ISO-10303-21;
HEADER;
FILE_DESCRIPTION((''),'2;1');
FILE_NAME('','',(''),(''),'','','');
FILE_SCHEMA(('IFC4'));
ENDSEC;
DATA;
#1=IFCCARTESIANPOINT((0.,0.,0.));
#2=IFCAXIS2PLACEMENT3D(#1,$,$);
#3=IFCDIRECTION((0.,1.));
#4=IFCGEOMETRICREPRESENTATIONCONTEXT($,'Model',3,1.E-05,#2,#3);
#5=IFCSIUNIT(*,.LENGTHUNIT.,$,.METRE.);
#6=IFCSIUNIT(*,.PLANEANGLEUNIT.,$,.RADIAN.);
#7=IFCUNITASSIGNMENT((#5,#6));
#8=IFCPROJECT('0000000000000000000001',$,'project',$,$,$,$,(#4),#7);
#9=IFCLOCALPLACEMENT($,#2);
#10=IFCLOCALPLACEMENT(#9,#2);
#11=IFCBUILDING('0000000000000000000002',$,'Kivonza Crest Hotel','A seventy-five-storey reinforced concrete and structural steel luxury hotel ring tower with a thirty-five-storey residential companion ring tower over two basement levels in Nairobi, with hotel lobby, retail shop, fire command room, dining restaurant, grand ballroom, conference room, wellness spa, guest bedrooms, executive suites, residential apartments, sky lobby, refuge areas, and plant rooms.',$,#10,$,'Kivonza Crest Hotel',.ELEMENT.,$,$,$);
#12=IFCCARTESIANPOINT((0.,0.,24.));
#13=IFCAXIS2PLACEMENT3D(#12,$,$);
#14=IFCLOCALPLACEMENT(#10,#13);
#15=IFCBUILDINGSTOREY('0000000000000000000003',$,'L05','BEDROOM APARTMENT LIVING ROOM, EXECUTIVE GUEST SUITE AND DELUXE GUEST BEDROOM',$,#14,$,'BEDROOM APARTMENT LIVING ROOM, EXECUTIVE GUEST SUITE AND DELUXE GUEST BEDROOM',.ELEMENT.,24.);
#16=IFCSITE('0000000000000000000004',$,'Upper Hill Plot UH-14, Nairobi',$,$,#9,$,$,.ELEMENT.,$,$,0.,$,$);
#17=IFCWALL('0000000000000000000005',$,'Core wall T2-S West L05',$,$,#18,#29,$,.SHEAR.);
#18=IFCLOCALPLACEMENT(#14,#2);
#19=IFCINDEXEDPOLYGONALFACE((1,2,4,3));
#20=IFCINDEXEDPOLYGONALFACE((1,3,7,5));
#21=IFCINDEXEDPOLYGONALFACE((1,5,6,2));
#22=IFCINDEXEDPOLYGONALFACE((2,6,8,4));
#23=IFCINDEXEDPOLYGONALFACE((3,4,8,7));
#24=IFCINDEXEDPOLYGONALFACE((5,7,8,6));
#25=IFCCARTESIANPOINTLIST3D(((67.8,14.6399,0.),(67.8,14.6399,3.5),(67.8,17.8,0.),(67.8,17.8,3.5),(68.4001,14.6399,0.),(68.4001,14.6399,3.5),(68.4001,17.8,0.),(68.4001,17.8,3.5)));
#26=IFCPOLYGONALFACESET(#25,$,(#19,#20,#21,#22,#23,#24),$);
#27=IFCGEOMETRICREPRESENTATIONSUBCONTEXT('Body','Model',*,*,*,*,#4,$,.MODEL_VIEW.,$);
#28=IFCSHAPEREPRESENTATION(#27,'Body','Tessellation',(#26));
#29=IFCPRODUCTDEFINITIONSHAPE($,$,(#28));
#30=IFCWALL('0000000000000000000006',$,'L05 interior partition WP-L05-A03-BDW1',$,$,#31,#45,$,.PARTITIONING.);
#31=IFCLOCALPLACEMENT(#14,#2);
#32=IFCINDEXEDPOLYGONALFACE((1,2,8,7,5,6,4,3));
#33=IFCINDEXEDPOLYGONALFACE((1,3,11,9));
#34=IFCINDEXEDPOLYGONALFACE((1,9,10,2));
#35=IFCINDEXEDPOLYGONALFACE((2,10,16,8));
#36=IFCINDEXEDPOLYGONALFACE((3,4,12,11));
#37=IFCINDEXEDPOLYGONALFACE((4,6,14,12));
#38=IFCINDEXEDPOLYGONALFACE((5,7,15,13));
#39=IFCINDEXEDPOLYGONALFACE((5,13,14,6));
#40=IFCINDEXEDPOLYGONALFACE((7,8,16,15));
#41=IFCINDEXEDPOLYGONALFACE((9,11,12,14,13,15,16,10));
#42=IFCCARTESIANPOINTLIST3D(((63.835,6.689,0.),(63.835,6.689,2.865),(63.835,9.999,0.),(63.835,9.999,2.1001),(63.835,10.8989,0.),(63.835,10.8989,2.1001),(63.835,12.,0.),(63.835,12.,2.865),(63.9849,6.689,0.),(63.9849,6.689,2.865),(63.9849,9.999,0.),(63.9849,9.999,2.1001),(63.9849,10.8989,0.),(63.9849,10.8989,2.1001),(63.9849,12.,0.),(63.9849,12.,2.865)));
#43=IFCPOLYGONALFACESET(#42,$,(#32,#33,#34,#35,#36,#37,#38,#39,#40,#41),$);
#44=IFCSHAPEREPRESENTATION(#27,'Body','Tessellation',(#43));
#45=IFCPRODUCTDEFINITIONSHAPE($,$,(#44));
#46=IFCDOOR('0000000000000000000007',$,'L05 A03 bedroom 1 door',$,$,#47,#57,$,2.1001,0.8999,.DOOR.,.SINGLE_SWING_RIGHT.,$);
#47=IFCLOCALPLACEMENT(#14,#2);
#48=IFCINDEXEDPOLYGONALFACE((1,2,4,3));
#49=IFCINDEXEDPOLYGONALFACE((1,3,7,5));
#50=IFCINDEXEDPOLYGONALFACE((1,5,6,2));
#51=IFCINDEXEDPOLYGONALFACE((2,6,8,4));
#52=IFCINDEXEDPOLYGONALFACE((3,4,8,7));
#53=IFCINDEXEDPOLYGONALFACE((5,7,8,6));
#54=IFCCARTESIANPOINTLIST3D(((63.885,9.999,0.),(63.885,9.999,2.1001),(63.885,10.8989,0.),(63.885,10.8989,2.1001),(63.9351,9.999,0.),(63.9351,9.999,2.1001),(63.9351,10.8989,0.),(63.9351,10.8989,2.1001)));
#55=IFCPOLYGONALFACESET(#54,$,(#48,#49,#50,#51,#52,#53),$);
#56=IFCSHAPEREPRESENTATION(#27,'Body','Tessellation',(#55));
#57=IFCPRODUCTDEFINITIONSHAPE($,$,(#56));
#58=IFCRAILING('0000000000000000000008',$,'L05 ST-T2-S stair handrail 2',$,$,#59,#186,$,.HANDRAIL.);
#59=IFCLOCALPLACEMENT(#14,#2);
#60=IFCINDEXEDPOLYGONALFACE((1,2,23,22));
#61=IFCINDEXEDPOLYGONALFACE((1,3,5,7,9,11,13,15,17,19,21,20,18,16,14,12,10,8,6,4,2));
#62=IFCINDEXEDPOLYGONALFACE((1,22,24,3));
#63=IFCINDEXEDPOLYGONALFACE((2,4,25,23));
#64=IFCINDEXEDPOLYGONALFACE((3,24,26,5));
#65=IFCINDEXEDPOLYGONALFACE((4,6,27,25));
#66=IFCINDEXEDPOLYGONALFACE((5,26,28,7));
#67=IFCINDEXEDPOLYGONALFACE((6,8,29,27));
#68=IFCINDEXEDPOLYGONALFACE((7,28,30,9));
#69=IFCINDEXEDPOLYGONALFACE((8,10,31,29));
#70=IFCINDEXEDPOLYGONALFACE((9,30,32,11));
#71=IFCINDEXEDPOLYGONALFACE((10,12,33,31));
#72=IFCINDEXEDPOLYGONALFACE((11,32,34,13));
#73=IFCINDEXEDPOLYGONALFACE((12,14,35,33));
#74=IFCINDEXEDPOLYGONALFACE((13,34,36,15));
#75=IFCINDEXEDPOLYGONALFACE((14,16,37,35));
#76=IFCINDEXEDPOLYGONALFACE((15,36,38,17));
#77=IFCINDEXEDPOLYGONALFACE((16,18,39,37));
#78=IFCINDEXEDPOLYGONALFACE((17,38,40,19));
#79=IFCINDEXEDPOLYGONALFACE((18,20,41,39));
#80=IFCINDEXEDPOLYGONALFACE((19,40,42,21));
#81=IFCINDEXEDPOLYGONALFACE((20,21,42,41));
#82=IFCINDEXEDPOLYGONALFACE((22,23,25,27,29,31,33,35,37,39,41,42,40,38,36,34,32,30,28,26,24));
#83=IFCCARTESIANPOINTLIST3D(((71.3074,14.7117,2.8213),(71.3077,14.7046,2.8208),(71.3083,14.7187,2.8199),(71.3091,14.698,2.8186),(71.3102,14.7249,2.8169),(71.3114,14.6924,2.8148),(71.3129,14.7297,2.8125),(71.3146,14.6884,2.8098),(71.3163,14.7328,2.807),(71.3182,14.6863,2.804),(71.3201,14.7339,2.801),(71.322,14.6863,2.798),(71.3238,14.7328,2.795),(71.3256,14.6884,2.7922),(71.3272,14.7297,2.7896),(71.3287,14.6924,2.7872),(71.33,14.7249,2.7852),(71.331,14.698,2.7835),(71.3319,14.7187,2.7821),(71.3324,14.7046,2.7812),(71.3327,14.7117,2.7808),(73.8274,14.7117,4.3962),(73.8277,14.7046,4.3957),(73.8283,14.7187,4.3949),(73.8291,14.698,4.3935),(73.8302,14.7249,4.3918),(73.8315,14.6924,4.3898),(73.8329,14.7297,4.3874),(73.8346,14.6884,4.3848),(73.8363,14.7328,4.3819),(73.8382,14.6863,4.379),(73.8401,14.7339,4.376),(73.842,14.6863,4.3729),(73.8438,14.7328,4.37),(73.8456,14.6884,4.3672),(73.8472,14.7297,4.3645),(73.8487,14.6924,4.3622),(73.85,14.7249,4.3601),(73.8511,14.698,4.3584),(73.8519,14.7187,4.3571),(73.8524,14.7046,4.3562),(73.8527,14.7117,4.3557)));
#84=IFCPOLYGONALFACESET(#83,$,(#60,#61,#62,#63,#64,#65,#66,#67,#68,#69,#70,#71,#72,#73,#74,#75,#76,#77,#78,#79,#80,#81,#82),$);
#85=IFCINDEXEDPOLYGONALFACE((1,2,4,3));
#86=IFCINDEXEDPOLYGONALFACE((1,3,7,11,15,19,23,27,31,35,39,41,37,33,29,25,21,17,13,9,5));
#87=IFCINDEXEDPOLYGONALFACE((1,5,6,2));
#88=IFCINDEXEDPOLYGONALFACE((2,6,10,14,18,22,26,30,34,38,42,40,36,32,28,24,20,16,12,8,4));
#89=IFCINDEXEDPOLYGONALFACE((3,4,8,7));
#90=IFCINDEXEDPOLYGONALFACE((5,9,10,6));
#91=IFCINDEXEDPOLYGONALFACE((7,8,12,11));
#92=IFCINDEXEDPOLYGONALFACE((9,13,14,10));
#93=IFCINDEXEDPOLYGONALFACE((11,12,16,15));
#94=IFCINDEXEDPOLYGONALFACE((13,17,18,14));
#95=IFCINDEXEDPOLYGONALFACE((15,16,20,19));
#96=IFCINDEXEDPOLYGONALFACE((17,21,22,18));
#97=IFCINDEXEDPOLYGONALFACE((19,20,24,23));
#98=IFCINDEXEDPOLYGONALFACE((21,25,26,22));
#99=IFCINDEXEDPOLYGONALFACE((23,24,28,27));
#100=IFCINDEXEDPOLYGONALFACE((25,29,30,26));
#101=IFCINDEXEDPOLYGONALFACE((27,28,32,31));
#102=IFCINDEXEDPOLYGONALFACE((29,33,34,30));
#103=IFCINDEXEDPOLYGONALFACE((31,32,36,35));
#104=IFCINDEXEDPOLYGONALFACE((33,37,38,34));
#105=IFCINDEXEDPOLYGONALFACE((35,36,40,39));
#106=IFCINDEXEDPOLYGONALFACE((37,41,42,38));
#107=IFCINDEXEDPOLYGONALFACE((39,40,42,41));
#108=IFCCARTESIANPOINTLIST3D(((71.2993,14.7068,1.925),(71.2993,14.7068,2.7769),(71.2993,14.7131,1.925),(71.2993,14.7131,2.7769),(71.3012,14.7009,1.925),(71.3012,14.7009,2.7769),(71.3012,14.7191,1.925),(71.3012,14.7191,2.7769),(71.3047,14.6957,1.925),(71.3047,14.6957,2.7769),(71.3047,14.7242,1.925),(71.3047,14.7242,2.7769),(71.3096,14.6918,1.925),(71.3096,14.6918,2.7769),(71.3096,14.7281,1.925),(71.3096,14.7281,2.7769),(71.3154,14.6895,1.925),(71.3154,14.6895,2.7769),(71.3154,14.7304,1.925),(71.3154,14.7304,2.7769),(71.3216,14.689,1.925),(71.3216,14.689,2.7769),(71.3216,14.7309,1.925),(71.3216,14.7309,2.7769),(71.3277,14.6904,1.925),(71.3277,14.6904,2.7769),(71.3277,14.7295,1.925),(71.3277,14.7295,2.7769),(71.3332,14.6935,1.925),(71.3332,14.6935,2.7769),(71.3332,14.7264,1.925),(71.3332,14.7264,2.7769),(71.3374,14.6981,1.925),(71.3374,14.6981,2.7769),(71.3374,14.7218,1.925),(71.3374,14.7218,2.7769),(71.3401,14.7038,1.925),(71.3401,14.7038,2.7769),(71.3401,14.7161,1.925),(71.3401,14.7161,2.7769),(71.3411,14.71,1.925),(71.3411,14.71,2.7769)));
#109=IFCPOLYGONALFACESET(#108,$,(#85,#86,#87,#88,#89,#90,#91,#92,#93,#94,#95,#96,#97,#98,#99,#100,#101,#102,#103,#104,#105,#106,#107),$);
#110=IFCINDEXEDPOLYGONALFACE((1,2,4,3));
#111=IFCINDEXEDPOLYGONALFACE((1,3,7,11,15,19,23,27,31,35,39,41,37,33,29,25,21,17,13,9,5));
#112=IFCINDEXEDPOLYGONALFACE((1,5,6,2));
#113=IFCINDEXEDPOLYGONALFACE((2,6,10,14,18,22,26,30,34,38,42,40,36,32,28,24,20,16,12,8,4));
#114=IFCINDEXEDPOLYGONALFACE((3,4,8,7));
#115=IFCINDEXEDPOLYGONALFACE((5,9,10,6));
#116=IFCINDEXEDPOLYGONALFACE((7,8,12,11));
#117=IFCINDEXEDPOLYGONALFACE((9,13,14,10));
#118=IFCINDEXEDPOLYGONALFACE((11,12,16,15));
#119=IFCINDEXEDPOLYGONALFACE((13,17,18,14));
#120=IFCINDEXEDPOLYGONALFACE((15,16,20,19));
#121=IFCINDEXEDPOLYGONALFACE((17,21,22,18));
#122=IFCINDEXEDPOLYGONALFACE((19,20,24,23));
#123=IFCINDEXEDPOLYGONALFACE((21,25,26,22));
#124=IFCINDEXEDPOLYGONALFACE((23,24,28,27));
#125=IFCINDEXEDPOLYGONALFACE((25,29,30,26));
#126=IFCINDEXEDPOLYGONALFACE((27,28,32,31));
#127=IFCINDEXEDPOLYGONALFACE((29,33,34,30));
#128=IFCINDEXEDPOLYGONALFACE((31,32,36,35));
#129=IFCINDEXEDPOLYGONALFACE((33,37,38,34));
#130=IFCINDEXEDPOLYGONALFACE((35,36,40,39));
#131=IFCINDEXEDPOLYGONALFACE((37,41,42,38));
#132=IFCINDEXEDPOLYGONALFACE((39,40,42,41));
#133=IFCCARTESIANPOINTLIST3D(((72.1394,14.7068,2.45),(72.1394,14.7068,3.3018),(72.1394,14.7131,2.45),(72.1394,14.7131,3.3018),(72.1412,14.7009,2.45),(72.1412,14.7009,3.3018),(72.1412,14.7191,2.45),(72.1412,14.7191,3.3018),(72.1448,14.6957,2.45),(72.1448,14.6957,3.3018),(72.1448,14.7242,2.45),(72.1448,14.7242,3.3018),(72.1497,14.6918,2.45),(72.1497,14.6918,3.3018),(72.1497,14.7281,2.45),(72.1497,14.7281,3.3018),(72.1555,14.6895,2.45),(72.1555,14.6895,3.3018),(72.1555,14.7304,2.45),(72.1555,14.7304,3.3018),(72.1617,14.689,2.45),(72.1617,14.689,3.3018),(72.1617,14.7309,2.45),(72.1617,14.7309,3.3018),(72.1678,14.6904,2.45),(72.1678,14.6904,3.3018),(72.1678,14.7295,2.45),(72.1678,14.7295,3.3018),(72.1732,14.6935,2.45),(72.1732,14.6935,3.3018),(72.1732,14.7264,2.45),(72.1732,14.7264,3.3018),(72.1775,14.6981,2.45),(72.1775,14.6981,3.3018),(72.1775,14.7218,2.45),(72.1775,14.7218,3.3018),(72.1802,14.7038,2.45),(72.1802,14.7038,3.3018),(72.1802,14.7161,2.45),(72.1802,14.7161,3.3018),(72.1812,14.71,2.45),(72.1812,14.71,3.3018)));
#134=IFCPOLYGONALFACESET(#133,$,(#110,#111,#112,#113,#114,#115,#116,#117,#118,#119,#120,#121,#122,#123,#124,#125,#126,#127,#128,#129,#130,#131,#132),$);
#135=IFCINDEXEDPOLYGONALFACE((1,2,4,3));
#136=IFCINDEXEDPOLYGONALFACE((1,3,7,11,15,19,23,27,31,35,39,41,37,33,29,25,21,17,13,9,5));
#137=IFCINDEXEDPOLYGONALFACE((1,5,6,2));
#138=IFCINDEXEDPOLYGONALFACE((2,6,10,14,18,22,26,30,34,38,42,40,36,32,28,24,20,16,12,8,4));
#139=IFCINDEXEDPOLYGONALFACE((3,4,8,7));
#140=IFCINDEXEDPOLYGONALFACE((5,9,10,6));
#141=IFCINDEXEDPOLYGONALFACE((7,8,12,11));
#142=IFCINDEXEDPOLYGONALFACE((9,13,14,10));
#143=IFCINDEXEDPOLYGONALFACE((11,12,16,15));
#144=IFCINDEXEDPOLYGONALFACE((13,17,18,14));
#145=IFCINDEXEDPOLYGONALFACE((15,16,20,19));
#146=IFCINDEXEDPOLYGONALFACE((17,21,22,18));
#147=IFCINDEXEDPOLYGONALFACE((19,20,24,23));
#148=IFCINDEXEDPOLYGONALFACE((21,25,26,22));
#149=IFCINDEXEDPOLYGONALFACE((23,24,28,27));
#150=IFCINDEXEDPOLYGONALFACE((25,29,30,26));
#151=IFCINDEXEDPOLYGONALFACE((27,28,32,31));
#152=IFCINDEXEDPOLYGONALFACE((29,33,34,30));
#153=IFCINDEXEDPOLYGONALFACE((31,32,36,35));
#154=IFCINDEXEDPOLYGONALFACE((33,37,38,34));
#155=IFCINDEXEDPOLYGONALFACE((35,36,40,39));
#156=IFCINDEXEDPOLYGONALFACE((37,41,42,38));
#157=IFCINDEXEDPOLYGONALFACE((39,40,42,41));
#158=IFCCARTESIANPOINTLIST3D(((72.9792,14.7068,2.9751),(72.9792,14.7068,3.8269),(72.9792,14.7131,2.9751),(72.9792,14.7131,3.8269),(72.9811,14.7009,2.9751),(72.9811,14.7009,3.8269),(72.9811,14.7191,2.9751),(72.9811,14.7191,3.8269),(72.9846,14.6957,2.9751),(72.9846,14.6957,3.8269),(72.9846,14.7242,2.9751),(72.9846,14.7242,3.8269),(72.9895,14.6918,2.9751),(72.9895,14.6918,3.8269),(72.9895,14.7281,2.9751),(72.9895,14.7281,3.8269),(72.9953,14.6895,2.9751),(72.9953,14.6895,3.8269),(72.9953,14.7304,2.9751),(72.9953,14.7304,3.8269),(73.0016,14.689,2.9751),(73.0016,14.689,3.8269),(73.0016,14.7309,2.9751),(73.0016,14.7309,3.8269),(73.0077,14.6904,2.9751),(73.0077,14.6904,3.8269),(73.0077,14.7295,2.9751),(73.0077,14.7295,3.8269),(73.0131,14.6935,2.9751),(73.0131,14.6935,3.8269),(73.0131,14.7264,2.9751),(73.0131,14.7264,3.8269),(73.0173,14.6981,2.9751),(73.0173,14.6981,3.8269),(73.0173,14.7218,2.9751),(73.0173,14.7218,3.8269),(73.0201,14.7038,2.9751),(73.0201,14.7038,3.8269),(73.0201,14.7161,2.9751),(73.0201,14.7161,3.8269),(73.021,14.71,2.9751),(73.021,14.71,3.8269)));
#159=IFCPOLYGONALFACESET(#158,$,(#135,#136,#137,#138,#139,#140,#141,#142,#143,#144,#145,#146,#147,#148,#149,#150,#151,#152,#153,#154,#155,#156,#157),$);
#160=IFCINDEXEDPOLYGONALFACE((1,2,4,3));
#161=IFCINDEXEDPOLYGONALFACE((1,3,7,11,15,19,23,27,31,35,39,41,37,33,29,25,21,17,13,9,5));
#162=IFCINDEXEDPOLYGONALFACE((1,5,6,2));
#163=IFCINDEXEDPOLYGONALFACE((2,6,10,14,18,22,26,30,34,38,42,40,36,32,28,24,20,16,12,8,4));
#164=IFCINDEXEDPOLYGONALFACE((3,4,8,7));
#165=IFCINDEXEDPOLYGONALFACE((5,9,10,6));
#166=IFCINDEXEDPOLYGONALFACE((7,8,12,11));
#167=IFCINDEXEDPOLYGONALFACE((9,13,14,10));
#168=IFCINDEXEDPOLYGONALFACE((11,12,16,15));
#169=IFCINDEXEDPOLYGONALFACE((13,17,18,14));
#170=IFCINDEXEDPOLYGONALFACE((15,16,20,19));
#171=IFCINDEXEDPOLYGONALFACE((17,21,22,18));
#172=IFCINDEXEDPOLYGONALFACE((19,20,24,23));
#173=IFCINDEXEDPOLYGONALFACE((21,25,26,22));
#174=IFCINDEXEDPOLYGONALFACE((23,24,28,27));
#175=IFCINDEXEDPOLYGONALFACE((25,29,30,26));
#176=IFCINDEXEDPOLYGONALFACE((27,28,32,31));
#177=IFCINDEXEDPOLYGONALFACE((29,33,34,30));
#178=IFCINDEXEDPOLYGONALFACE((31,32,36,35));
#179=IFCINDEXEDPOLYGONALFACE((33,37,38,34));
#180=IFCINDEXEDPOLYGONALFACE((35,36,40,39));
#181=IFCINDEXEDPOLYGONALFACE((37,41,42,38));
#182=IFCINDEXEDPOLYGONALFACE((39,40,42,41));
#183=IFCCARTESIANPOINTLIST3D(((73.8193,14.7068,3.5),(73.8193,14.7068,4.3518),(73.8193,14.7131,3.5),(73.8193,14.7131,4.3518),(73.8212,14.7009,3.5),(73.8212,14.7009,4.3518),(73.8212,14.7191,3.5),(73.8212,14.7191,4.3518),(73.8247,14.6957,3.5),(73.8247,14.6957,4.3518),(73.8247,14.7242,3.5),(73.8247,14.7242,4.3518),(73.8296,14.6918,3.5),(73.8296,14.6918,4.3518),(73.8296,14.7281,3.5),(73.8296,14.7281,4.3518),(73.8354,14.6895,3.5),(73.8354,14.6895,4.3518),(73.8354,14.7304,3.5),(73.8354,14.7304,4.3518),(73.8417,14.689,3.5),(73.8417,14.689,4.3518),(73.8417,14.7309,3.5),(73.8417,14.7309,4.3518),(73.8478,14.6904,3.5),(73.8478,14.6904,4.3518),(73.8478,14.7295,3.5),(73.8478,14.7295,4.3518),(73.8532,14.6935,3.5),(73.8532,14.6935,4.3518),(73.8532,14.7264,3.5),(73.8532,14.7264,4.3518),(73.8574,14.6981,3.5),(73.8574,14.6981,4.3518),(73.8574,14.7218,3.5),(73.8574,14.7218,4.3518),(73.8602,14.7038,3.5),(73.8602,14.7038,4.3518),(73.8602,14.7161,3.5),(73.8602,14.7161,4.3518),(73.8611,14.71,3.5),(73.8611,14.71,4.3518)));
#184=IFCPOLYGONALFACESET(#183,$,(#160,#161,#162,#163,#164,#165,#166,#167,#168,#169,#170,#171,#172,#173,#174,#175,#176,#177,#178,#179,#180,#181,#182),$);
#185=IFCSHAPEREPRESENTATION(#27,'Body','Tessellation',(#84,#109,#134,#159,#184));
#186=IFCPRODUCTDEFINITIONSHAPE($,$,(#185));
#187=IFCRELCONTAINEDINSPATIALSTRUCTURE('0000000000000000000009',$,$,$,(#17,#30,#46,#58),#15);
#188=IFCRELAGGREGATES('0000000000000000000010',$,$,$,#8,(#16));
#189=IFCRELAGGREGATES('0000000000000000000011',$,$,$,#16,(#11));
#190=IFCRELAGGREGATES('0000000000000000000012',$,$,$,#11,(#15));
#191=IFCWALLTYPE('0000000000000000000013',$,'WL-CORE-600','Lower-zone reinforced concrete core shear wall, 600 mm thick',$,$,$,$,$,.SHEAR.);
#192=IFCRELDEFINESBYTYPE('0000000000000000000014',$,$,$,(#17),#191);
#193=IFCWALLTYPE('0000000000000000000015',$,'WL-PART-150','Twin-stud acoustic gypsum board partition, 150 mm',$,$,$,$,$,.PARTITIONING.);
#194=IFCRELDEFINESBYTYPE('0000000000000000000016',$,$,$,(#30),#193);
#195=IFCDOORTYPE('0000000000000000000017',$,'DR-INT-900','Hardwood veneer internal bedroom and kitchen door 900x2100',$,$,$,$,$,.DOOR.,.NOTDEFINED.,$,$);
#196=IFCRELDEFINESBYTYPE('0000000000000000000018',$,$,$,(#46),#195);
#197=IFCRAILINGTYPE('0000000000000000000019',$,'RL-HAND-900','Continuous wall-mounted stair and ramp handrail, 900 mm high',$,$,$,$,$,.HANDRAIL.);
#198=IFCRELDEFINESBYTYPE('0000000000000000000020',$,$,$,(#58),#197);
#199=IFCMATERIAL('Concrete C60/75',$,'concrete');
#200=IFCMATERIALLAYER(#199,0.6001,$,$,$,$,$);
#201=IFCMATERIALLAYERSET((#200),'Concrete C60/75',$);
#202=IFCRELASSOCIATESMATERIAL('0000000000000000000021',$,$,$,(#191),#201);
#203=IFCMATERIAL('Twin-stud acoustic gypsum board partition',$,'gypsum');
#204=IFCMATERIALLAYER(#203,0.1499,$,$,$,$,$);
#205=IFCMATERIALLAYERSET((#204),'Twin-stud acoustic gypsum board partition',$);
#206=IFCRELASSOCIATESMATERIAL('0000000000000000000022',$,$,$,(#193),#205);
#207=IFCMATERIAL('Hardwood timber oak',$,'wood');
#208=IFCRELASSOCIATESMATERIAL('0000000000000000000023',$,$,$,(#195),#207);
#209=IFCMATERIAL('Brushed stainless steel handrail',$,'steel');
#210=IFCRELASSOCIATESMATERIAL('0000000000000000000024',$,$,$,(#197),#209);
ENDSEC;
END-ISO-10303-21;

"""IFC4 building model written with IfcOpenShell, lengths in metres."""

from ifc_helpers import new_model, si_unit, direction, frame, frame_2d, origin, origin_2d, place, context, subcontext, project, spatial, rectangle, circle, extrude, material, layer, layer_set, type_object, element, fill, save


model = new_model("IFC4")

# Units and contexts
model_context = context("Model", 3, precision=1e-05, world=origin(), true_north=direction((0.0, 1.0)))
body_context = subcontext(model_context, "Body", "Model", "MODEL_VIEW")
ifc_project = project(units=[si_unit("LENGTHUNIT", "METRE"), si_unit("PLANEANGLEUNIT", "RADIAN")], contexts=[model_context])

# Site, building, storey
site_placement = place(None, origin())
site = spatial("IfcSite", under=ifc_project, at=site_placement, Name="Upper Hill Plot UH-14, Nairobi", CompositionType="ELEMENT", RefElevation=0.0)
building_placement = place(site_placement, origin())
building = spatial("IfcBuilding", under=site, at=building_placement, Name="Kivonza Crest Hotel", Description="A seventy-five-storey reinforced concrete and structural steel luxury hotel ring tower with a thirty-five-storey residential companion ring tower over two basement levels in Nairobi, with hotel lobby, retail shop, fire command room, dining restaurant, grand ballroom, conference room, wellness spa, guest bedrooms, executive suites, residential apartments, sky lobby, refuge areas, and plant rooms.", LongName="Kivonza Crest Hotel", CompositionType="ELEMENT")
storey_placement = place(building_placement, frame((0.0, 0.0, 24.0)))
storey = spatial("IfcBuildingStorey", under=building, at=storey_placement, Name="L05", Description="BEDROOM APARTMENT LIVING ROOM, EXECUTIVE GUEST SUITE AND DELUXE GUEST BEDROOM", LongName="BEDROOM APARTMENT LIVING ROOM, EXECUTIVE GUEST SUITE AND DELUXE GUEST BEDROOM", CompositionType="ELEMENT", Elevation=24.0)

# Shared definitions
ifc_material_1 = material(Name="Hardwood timber oak", Category="wood")

# Shared definitions
ifc_material_2 = material(Name="Concrete C60/75", Category="concrete")
ifc_layer_1 = layer(ifc_material_2, 0.6001)
ifc_layer_set_1 = layer_set([ifc_layer_1], Name="Concrete C60/75")
wall_type_1 = type_object("IfcWallType", Name="WL-CORE-600", Description="Lower-zone reinforced concrete core shear wall, 600 mm thick", PredefinedType="SHEAR", material=ifc_layer_set_1)

# Wall
wall_1_placement = place(storey_placement, frame((68.1001, 14.6399, 0.0), z_axis=(0.0, 0.0, 1.0), x_axis=(0.0, 1.0, 0.0)))
element("IfcWall", 1, at=wall_1_placement, inside=storey, type_object=wall_type_1, Name="Core wall T2-S West L05", PredefinedType="SHEAR", context=body_context, shape_type="SweptSolid", body=[
    extrude(rectangle(XDim=3.1602, YDim=0.6001, at=frame_2d((1.5801, 0.0))), origin(), (0.0, 0.0, 1.0), 3.5),
])

# Wall, opening, door
ifc_material_3 = material(Name="Twin-stud acoustic gypsum board partition", Category="gypsum")
ifc_layer_2 = layer(ifc_material_3, 0.1499)
ifc_layer_set_2 = layer_set([ifc_layer_2], Name="Twin-stud acoustic gypsum board partition")
wall_type_2 = type_object("IfcWallType", Name="WL-PART-150", Description="Twin-stud acoustic gypsum board partition, 150 mm", PredefinedType="PARTITIONING", material=ifc_layer_set_2)
wall_2_placement = place(storey_placement, frame((63.9099, 6.689, 0.0), z_axis=(0.0, 0.0, 1.0), x_axis=(0.0, 1.0, 0.0)))
wall_2 = element("IfcWall", 2, at=wall_2_placement, inside=storey, type_object=wall_type_2, Name="L05 interior partition WP-L05-A03-BDW1", PredefinedType="PARTITIONING", context=body_context, shape_type="SweptSolid", body=[
    extrude(rectangle(XDim=5.311, YDim=0.1499, at=frame_2d((2.6555, 0.0))), origin(), (0.0, 0.0, 1.0), 2.865),
])
opening_1_placement = place(wall_2_placement, frame((3.3101, 0.0, 0.0)))
opening_1 = element("IfcOpeningElement", 3, at=opening_1_placement, cuts=wall_2, PredefinedType="OPENING", context=body_context, shape_type="SweptSolid", body=[
    extrude(rectangle(XDim=0.8999, YDim=2.1001, at=frame_2d((0.45, 1.05))), frame((0.0, 0.085, 0.0), z_axis=(0.0, -1.0, 0.0), x_axis=(1.0, 0.0, 0.0)), (0.0, 0.0, 1.0), 0.1699),
])
door_type_1 = type_object("IfcDoorType", Name="DR-INT-900", Description="Hardwood veneer internal bedroom and kitchen door 900x2100", OperationType="NOTDEFINED", PredefinedType="DOOR", material=ifc_material_1)
door_1_placement = place(opening_1_placement, origin())
door_1 = element("IfcDoor", 4, at=door_1_placement, inside=storey, type_object=door_type_1, Name="L05 A03 bedroom 1 door", OperationType="SINGLE_SWING_RIGHT", OverallHeight=2.1001, OverallWidth=0.8999, PredefinedType="DOOR", context=body_context, shape_type="SweptSolid", body=[
    extrude(rectangle(XDim=0.8999, YDim=2.1001, at=frame_2d((0.45, 1.05))), frame((0.0, 0.0249, 0.0), z_axis=(0.0, -1.0, 0.0), x_axis=(1.0, 0.0, 0.0)), (0.0, 0.0, 1.0), 0.05),
])
fill(opening_1, door_1)

# Railing
ifc_material_4 = material(Name="Brushed stainless steel handrail", Category="steel")
railing_type = type_object("IfcRailingType", Name="RL-HAND-900", Description="Continuous wall-mounted stair and ramp handrail, 900 mm high", PredefinedType="HANDRAIL", material=ifc_material_4)
railing_placement = place(storey_placement, frame((71.3201, 14.71, 1.925)))
element("IfcRailing", 5, at=railing_placement, inside=storey, type_object=railing_type, Name="L05 ST-T2-S stair handrail 2", PredefinedType="HANDRAIL", context=body_context, shape_type="SweptSolid", body=[
    extrude(circle(Radius=0.0239, at=origin_2d()), frame((0.0, 0.0, 0.876), z_axis=(0.848008, 0.0, 0.529984), x_axis=(0.0, 1.0, 0.0)), (0.0, 0.0, 1.0), 2.9717),
    extrude(circle(Radius=0.021, at=origin_2d()), origin(), (0.0, 0.0, 1.0), 0.8518),
    extrude(circle(Radius=0.021, at=origin_2d()), frame((0.8401, 0.0, 0.5249)), (0.0, 0.0, 1.0), 0.8518),
    extrude(circle(Radius=0.021, at=origin_2d()), frame((1.6799, 0.0, 1.05)), (0.0, 0.0, 1.0), 0.8518),
    extrude(circle(Radius=0.021, at=origin_2d()), frame((2.52, 0.0, 1.575)), (0.0, 0.0, 1.0), 0.8518),
])

save(model, "model.ifc")
